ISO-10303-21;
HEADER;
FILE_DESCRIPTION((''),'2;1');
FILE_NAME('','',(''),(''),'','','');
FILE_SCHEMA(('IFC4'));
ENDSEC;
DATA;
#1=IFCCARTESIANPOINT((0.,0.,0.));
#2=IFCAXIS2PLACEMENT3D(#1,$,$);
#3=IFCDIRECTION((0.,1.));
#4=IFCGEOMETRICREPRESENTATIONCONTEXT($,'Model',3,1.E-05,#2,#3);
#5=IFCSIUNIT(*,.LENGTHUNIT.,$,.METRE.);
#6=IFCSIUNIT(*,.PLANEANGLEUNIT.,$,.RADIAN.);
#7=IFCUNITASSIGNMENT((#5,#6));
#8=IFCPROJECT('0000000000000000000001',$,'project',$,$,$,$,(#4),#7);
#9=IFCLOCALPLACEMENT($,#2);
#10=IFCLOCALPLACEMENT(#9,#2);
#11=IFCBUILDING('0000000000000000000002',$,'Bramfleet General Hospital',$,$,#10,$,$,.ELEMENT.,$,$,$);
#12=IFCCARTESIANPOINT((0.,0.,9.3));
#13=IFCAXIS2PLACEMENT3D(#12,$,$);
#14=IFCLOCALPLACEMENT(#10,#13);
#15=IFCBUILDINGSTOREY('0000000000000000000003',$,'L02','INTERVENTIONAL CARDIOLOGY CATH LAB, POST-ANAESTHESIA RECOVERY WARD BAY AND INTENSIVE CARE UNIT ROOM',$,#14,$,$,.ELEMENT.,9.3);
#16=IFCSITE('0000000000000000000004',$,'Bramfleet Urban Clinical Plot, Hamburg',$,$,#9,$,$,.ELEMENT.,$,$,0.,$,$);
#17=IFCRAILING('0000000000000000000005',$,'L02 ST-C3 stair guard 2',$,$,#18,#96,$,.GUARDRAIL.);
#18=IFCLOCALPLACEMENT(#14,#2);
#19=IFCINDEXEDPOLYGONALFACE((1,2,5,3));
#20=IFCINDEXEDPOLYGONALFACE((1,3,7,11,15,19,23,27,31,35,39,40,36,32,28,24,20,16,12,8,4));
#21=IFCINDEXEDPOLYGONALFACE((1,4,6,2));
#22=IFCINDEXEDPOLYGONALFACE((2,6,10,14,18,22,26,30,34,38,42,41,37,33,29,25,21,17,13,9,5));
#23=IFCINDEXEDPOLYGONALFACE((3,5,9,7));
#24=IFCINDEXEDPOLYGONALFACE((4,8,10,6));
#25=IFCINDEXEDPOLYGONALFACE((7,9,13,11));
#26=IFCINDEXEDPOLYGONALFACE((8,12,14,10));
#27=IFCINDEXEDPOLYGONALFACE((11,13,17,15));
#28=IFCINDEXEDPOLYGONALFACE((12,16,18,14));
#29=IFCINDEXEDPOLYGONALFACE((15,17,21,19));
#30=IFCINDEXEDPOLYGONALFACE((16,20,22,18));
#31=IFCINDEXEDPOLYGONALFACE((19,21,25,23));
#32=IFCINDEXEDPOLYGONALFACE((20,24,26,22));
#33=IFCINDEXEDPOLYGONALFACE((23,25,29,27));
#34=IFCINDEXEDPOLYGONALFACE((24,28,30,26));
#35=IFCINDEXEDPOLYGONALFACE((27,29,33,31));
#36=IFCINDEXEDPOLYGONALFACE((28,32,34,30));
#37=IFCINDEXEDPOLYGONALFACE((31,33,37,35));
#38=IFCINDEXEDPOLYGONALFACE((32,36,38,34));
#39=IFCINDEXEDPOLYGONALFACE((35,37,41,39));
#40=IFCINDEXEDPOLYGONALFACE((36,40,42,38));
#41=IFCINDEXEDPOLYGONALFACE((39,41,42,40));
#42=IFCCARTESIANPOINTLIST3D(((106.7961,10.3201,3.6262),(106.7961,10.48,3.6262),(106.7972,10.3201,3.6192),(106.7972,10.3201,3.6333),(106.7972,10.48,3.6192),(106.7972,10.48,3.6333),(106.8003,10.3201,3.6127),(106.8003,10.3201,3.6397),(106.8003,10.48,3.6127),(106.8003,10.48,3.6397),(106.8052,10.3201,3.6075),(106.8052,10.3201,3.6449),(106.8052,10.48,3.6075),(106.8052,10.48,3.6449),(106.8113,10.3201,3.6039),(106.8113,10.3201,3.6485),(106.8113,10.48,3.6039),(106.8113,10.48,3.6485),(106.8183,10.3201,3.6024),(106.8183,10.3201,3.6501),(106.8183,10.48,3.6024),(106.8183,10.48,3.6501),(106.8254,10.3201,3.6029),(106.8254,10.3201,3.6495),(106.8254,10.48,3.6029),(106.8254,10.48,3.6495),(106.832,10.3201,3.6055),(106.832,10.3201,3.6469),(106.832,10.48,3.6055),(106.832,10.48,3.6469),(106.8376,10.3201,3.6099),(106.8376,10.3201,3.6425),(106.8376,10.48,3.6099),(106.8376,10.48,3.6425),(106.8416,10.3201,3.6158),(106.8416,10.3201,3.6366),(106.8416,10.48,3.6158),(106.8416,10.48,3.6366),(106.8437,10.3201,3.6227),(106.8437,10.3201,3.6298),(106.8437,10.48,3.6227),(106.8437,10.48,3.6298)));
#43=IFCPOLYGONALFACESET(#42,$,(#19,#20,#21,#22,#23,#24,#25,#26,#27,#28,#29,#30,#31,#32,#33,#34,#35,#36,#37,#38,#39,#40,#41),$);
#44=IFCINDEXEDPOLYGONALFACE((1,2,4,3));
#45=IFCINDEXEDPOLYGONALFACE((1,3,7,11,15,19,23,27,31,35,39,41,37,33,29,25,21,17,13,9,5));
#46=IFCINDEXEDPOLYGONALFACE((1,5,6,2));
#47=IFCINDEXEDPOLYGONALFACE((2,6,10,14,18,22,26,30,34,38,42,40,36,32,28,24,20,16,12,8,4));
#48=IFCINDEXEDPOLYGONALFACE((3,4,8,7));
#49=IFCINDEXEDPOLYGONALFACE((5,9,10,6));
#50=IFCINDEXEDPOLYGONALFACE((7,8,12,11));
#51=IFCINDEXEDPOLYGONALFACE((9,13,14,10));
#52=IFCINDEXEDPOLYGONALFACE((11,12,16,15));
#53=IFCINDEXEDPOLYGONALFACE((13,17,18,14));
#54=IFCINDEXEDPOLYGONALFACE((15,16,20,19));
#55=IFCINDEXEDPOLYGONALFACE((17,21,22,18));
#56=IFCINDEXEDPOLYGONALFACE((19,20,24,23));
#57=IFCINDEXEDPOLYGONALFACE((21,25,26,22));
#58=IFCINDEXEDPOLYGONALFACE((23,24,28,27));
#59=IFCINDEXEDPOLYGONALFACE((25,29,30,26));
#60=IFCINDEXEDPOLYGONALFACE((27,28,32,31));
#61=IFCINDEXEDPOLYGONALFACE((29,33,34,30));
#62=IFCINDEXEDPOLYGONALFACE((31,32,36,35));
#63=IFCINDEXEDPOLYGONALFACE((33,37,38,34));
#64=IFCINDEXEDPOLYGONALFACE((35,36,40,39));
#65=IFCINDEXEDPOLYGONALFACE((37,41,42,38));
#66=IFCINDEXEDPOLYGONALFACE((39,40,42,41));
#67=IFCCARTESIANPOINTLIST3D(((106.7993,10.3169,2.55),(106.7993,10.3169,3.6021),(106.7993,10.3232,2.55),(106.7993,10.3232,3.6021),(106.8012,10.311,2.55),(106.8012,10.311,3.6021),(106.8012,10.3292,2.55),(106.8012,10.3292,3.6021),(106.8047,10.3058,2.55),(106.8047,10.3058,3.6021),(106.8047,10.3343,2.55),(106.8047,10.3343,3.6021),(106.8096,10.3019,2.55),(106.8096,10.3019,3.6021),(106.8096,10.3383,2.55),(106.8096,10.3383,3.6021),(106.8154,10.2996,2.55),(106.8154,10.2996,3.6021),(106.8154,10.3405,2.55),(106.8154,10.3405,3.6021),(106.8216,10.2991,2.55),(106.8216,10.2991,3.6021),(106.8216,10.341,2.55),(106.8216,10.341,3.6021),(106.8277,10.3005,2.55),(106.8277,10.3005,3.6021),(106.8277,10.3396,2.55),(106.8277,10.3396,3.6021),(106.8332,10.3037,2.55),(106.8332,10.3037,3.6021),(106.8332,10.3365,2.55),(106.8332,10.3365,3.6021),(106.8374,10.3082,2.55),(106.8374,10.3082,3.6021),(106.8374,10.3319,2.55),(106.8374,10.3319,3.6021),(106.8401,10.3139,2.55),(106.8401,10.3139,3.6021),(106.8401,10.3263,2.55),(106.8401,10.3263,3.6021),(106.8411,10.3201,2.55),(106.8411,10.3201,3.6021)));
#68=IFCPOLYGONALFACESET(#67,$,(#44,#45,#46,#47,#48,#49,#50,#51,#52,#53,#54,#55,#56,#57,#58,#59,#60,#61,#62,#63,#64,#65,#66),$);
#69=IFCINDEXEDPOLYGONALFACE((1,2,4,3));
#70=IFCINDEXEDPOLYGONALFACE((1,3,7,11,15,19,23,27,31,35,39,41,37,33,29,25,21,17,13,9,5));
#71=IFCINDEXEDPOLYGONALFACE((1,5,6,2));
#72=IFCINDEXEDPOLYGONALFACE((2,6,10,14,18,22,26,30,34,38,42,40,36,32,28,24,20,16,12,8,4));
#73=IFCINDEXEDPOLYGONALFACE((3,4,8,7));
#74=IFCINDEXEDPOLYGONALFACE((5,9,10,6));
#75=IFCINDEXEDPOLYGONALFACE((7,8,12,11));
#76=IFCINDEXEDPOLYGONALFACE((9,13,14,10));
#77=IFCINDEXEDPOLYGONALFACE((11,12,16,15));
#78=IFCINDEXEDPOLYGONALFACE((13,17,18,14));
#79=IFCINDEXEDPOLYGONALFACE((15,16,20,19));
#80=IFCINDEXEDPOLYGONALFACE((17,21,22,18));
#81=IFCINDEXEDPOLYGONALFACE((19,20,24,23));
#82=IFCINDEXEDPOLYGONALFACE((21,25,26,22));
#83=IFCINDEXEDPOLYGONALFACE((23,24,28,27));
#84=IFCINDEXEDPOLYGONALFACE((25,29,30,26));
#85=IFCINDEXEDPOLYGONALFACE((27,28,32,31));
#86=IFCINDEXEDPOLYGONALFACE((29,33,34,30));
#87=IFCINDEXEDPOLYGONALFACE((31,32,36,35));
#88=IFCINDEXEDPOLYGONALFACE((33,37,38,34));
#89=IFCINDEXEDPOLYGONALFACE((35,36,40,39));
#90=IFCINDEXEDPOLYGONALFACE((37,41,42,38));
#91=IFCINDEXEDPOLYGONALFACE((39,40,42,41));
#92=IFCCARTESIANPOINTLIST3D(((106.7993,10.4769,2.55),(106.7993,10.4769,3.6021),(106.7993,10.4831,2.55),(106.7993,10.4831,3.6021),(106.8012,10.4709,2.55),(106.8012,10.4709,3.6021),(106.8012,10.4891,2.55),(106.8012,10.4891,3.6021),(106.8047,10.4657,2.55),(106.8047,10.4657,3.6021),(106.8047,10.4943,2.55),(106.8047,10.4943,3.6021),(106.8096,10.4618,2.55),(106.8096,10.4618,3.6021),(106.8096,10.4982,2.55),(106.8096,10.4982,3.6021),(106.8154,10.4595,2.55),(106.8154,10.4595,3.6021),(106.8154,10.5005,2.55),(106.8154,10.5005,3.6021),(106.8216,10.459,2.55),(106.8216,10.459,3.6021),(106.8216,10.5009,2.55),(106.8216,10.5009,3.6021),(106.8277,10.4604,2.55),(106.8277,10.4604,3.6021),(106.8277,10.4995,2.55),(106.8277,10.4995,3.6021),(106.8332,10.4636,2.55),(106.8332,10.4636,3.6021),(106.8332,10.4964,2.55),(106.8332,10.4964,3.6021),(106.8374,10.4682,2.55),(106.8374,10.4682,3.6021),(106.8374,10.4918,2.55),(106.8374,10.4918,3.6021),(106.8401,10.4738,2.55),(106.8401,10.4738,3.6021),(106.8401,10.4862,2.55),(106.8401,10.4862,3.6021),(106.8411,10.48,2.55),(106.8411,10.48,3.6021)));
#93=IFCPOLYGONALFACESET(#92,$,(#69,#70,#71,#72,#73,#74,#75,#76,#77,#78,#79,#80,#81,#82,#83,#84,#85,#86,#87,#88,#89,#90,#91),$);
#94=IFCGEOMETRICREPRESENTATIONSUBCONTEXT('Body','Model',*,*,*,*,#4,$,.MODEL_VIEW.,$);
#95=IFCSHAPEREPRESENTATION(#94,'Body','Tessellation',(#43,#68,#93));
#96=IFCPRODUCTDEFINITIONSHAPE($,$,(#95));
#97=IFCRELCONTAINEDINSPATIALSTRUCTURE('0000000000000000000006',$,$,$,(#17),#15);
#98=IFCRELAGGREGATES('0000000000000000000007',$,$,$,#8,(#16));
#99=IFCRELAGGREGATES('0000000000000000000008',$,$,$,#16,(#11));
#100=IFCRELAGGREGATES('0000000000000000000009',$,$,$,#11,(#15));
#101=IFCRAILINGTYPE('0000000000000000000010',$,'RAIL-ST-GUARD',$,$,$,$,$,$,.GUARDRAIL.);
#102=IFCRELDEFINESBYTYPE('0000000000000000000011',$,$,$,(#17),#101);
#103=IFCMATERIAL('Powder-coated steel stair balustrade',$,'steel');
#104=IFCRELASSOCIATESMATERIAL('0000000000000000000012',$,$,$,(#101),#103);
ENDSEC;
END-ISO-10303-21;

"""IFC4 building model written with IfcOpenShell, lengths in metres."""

from ifc_helpers import new_model, si_unit, direction, frame, origin, origin_2d, place, context, subcontext, project, spatial, circle, extrude, material, type_object, element, save


model = new_model("IFC4")

# Units and contexts
model_context = context("Model", 3, precision=1e-05, world=origin(), true_north=direction((0.0, 1.0)))
body_context = subcontext(model_context, "Body", "Model", "MODEL_VIEW")
ifc_project = project(units=[si_unit("LENGTHUNIT", "METRE"), si_unit("PLANEANGLEUNIT", "RADIAN")], contexts=[model_context])

# Site, building, storey
site_placement = place(None, origin())
site = spatial("IfcSite", under=ifc_project, at=site_placement, Name="Bramfleet Urban Clinical Plot, Hamburg", CompositionType="ELEMENT", RefElevation=0.0)
building_placement = place(site_placement, origin())
building = spatial("IfcBuilding", under=site, at=building_placement, Name="Bramfleet General Hospital", CompositionType="ELEMENT")
storey_placement = place(building_placement, frame((0.0, 0.0, 9.3)))
storey = spatial("IfcBuildingStorey", under=building, at=storey_placement, Name="L02", Description="INTERVENTIONAL CARDIOLOGY CATH LAB, POST-ANAESTHESIA RECOVERY WARD BAY AND INTENSIVE CARE UNIT ROOM", CompositionType="ELEMENT", Elevation=9.3)

# Railing
ifc_material_1 = material(Name="Powder-coated steel stair balustrade", Category="steel")
railing_type_1 = type_object("IfcRailingType", Name="RAIL-ST-GUARD", PredefinedType="GUARDRAIL", material=ifc_material_1)
railing_1_placement = place(storey_placement, frame((106.8201, 10.3201, 2.55)))
element("IfcRailing", 1, at=railing_1_placement, inside=storey, type_object=railing_type_1, Name="L02 ST-C3 stair guard 2", PredefinedType="GUARDRAIL", context=body_context, shape_type="SweptSolid", body=[
    extrude(circle(Radius=0.0239, at=origin_2d()), frame((0.0, 0.0, 1.0762), z_axis=(0.0, 1.0, 0.0), x_axis=(-1.0, 0.0, 0.0)), (0.0, 0.0, 1.0), 0.1599),
    extrude(circle(Radius=0.021, at=origin_2d()), origin(), (0.0, 0.0, 1.0), 1.052),
    extrude(circle(Radius=0.021, at=origin_2d()), frame((0.0, 0.1599, 0.0)), (0.0, 0.0, 1.0), 1.052),
])

save(model, "model.ifc")
